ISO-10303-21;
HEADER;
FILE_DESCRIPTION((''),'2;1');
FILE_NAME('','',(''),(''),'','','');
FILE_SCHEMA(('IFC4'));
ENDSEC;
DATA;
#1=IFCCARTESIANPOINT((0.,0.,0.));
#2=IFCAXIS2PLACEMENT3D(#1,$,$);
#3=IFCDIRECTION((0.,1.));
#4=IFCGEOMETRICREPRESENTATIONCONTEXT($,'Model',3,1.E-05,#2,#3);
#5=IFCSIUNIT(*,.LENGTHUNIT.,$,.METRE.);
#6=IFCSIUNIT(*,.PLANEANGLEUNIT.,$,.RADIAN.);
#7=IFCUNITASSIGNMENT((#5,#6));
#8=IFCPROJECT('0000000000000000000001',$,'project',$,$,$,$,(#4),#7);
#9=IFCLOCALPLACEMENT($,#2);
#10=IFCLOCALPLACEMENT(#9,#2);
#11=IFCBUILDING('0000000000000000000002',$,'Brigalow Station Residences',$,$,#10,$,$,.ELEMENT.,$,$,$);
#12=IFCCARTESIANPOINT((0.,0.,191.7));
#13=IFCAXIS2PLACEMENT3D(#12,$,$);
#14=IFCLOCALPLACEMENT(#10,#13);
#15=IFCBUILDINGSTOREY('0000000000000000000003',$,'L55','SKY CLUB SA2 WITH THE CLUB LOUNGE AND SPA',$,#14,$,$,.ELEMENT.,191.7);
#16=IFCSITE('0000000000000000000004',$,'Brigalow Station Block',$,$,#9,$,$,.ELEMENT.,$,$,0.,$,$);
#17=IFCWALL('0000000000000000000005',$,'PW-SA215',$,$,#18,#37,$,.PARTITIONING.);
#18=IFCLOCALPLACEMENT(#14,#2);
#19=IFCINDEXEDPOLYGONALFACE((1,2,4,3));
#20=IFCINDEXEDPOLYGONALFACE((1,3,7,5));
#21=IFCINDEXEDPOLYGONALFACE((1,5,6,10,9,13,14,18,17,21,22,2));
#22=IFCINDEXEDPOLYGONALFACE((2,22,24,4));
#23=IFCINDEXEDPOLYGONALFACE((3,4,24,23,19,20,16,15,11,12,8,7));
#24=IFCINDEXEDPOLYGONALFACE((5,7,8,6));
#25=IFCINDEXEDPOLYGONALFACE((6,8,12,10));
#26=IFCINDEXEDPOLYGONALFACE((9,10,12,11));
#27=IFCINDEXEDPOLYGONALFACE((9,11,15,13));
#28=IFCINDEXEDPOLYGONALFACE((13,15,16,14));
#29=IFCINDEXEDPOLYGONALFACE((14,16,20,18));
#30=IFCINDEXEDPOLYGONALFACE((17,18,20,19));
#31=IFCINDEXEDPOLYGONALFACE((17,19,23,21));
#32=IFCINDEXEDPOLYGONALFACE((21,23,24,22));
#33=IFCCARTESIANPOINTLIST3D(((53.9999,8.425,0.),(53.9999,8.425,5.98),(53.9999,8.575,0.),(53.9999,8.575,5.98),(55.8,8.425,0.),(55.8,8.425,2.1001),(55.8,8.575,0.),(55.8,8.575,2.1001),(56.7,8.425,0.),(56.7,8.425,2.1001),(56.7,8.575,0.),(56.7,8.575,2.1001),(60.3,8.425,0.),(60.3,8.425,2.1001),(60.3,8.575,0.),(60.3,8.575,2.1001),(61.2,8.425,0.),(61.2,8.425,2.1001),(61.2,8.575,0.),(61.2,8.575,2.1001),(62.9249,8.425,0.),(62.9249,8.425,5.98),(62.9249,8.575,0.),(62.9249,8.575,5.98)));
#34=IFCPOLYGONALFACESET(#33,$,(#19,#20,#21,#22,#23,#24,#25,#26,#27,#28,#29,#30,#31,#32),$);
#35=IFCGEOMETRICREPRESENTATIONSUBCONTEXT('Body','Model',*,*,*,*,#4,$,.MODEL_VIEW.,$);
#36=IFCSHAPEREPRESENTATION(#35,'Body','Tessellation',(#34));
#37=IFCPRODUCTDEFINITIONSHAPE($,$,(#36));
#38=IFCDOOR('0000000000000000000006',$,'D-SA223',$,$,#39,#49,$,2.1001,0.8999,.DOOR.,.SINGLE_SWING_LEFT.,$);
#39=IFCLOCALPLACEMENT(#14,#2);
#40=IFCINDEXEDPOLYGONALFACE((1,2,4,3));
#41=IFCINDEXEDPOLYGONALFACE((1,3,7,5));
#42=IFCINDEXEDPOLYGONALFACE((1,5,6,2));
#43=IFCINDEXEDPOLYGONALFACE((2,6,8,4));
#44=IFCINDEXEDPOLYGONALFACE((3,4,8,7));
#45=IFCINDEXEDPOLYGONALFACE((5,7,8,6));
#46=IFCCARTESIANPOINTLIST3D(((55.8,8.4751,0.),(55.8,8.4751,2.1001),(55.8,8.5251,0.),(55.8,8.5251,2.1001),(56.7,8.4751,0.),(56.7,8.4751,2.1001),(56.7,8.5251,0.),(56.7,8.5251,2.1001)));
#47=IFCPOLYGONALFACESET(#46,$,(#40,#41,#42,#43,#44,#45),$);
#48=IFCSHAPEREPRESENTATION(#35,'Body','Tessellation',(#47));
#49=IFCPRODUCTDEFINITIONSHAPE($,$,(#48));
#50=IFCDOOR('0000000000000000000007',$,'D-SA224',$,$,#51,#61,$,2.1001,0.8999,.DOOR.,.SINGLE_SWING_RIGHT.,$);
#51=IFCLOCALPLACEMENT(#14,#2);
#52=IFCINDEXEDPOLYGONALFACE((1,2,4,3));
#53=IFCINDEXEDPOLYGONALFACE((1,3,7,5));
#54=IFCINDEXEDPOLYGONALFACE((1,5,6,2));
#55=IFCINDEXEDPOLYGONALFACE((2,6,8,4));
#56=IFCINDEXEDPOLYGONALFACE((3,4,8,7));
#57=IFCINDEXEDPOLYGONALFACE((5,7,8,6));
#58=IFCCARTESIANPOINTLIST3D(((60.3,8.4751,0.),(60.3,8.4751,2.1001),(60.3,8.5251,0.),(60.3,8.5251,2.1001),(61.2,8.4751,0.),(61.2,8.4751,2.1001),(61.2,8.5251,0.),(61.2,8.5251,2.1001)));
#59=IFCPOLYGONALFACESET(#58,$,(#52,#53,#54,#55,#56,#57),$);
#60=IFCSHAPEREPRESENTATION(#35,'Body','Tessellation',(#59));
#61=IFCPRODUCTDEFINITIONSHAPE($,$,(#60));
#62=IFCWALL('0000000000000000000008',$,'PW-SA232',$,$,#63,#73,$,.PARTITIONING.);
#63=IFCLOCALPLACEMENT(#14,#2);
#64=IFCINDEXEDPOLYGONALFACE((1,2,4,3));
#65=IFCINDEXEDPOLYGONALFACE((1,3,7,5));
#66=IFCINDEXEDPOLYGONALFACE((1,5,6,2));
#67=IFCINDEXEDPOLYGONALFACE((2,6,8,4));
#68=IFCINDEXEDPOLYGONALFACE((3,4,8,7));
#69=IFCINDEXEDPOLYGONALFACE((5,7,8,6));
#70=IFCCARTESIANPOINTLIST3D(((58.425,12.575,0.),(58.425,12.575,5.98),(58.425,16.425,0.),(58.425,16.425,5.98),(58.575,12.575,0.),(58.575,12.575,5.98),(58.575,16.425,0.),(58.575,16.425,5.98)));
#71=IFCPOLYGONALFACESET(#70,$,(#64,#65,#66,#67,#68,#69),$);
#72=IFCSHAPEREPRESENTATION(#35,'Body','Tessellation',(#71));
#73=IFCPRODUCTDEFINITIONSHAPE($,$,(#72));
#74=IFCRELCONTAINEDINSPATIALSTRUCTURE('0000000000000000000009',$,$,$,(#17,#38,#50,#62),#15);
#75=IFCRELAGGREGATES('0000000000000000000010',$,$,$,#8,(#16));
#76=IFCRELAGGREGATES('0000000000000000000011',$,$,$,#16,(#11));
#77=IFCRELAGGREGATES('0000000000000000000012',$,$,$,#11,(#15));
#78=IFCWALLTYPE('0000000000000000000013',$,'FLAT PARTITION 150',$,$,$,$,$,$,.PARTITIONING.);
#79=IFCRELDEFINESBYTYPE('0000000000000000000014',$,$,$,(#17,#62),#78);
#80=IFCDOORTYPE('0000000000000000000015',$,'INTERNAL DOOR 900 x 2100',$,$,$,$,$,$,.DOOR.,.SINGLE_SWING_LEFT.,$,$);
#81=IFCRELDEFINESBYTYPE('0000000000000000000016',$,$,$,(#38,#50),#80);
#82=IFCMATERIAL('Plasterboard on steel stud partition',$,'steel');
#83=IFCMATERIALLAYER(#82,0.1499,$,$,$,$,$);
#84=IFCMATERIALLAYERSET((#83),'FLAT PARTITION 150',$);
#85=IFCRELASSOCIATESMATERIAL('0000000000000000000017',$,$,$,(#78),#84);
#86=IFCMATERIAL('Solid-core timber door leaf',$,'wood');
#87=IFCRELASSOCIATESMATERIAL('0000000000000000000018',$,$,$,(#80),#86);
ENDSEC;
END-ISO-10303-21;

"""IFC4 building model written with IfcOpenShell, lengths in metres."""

from ifc_helpers import new_model, si_unit, direction, frame, frame_2d, origin, place, context, subcontext, project, spatial, rectangle, extrude, material, layer, layer_set, type_object, element, fill, save


model = new_model("IFC4")

# Units and contexts
model_context = context("Model", 3, precision=1e-05, world=origin(), true_north=direction((0.0, 1.0)))
body_context = subcontext(model_context, "Body", "Model", "MODEL_VIEW")
ifc_project = project(units=[si_unit("LENGTHUNIT", "METRE"), si_unit("PLANEANGLEUNIT", "RADIAN")], contexts=[model_context])

# Site, building, storey
site_placement = place(None, origin())
site = spatial("IfcSite", under=ifc_project, at=site_placement, Name="Brigalow Station Block", CompositionType="ELEMENT", RefElevation=0.0)
building_placement = place(site_placement, origin())
building = spatial("IfcBuilding", under=site, at=building_placement, Name="Brigalow Station Residences", CompositionType="ELEMENT")
storey_placement = place(building_placement, frame((0.0, 0.0, 191.7)))
storey = spatial("IfcBuildingStorey", under=building, at=storey_placement, Name="L55", Description="SKY CLUB SA2 WITH THE CLUB LOUNGE AND SPA", CompositionType="ELEMENT", Elevation=191.7)

# Wall, openings, doors
ifc_material_1 = material(Name="Plasterboard on steel stud partition", Category="steel")
ifc_layer_1 = layer(ifc_material_1, 0.1499)
ifc_layer_set_1 = layer_set([ifc_layer_1], Name="FLAT PARTITION 150")
wall_type_1 = type_object("IfcWallType", Name="FLAT PARTITION 150", PredefinedType="PARTITIONING", material=ifc_layer_set_1)
ifc_material_2 = material(Name="Solid-core timber door leaf", Category="wood")
door_type_1 = type_object("IfcDoorType", Name="INTERNAL DOOR 900 x 2100", OperationType="SINGLE_SWING_LEFT", PredefinedType="DOOR", material=ifc_material_2)
wall_1_placement = place(storey_placement, frame((54.0, 8.5, 0.0), z_axis=(0.0, 0.0, 1.0), x_axis=(1.0, 0.0, 0.0)))
wall_1 = element("IfcWall", 1, at=wall_1_placement, inside=storey, type_object=wall_type_1, Name="PW-SA215", PredefinedType="PARTITIONING", context=body_context, shape_type="SweptSolid", body=[
    extrude(rectangle(XDim=8.925, YDim=0.1499, at=frame_2d((4.4624, 0.0))), origin(), (0.0, 0.0, 1.0), 5.98),
])
opening_1_placement = place(wall_1_placement, frame((1.8, 0.0, 0.0)))
opening_1 = element("IfcOpeningElement", 2, at=opening_1_placement, cuts=wall_1, PredefinedType="OPENING", context=body_context, shape_type="SweptSolid", body=[
    extrude(rectangle(XDim=0.8999, YDim=2.1001, at=frame_2d((0.45, 1.05))), frame((0.0, 0.085, 0.0), z_axis=(0.0, -1.0, 0.0), x_axis=(1.0, 0.0, 0.0)), (0.0, 0.0, 1.0), 0.1699),
])
opening_2_placement = place(wall_1_placement, frame((6.3, 0.0, 0.0)))
opening_2 = element("IfcOpeningElement", 3, at=opening_2_placement, cuts=wall_1, PredefinedType="OPENING", context=body_context, shape_type="SweptSolid", body=[
    extrude(rectangle(XDim=0.8999, YDim=2.1001, at=frame_2d((0.45, 1.05))), frame((0.0, 0.085, 0.0), z_axis=(0.0, -1.0, 0.0), x_axis=(1.0, 0.0, 0.0)), (0.0, 0.0, 1.0), 0.1699),
])
door_1_placement = place(opening_1_placement, frame((0.8999, 0.0, 0.0), z_axis=(0.0, 0.0, 1.0), x_axis=(-1.0, 0.0, 0.0)))
door_1 = element("IfcDoor", 4, at=door_1_placement, inside=storey, type_object=door_type_1, Name="D-SA223", OperationType="SINGLE_SWING_LEFT", OverallHeight=2.1001, OverallWidth=0.8999, PredefinedType="DOOR", context=body_context, shape_type="SweptSolid", body=[
    extrude(rectangle(XDim=0.8999, YDim=2.1001, at=frame_2d((0.45, 1.05))), frame((0.0, 0.0249, 0.0), z_axis=(0.0, -1.0, 0.0), x_axis=(1.0, 0.0, 0.0)), (0.0, 0.0, 1.0), 0.05),
])
fill(opening_1, door_1)
door_2_placement = place(opening_2_placement, frame((0.8999, 0.0, 0.0), z_axis=(0.0, 0.0, 1.0), x_axis=(-1.0, 0.0, 0.0)))
door_2 = element("IfcDoor", 5, at=door_2_placement, inside=storey, type_object=door_type_1, Name="D-SA224", OperationType="SINGLE_SWING_RIGHT", OverallHeight=2.1001, OverallWidth=0.8999, PredefinedType="DOOR", context=body_context, shape_type="SweptSolid", body=[
    extrude(rectangle(XDim=0.8999, YDim=2.1001, at=frame_2d((0.45, 1.05))), frame((0.0, 0.0249, 0.0), z_axis=(0.0, -1.0, 0.0), x_axis=(1.0, 0.0, 0.0)), (0.0, 0.0, 1.0), 0.05),
])
fill(opening_2, door_2)

# Wall
wall_2_placement = place(storey_placement, frame((58.5, 12.575, 0.0), z_axis=(0.0, 0.0, 1.0), x_axis=(0.0, 1.0, 0.0)))
element("IfcWall", 6, at=wall_2_placement, inside=storey, type_object=wall_type_1, Name="PW-SA232", PredefinedType="PARTITIONING", context=body_context, shape_type="SweptSolid", body=[
    extrude(rectangle(XDim=3.8501, YDim=0.1499, at=frame_2d((1.925, 0.0))), origin(), (0.0, 0.0, 1.0), 5.98),
])

save(model, "model.ifc")
